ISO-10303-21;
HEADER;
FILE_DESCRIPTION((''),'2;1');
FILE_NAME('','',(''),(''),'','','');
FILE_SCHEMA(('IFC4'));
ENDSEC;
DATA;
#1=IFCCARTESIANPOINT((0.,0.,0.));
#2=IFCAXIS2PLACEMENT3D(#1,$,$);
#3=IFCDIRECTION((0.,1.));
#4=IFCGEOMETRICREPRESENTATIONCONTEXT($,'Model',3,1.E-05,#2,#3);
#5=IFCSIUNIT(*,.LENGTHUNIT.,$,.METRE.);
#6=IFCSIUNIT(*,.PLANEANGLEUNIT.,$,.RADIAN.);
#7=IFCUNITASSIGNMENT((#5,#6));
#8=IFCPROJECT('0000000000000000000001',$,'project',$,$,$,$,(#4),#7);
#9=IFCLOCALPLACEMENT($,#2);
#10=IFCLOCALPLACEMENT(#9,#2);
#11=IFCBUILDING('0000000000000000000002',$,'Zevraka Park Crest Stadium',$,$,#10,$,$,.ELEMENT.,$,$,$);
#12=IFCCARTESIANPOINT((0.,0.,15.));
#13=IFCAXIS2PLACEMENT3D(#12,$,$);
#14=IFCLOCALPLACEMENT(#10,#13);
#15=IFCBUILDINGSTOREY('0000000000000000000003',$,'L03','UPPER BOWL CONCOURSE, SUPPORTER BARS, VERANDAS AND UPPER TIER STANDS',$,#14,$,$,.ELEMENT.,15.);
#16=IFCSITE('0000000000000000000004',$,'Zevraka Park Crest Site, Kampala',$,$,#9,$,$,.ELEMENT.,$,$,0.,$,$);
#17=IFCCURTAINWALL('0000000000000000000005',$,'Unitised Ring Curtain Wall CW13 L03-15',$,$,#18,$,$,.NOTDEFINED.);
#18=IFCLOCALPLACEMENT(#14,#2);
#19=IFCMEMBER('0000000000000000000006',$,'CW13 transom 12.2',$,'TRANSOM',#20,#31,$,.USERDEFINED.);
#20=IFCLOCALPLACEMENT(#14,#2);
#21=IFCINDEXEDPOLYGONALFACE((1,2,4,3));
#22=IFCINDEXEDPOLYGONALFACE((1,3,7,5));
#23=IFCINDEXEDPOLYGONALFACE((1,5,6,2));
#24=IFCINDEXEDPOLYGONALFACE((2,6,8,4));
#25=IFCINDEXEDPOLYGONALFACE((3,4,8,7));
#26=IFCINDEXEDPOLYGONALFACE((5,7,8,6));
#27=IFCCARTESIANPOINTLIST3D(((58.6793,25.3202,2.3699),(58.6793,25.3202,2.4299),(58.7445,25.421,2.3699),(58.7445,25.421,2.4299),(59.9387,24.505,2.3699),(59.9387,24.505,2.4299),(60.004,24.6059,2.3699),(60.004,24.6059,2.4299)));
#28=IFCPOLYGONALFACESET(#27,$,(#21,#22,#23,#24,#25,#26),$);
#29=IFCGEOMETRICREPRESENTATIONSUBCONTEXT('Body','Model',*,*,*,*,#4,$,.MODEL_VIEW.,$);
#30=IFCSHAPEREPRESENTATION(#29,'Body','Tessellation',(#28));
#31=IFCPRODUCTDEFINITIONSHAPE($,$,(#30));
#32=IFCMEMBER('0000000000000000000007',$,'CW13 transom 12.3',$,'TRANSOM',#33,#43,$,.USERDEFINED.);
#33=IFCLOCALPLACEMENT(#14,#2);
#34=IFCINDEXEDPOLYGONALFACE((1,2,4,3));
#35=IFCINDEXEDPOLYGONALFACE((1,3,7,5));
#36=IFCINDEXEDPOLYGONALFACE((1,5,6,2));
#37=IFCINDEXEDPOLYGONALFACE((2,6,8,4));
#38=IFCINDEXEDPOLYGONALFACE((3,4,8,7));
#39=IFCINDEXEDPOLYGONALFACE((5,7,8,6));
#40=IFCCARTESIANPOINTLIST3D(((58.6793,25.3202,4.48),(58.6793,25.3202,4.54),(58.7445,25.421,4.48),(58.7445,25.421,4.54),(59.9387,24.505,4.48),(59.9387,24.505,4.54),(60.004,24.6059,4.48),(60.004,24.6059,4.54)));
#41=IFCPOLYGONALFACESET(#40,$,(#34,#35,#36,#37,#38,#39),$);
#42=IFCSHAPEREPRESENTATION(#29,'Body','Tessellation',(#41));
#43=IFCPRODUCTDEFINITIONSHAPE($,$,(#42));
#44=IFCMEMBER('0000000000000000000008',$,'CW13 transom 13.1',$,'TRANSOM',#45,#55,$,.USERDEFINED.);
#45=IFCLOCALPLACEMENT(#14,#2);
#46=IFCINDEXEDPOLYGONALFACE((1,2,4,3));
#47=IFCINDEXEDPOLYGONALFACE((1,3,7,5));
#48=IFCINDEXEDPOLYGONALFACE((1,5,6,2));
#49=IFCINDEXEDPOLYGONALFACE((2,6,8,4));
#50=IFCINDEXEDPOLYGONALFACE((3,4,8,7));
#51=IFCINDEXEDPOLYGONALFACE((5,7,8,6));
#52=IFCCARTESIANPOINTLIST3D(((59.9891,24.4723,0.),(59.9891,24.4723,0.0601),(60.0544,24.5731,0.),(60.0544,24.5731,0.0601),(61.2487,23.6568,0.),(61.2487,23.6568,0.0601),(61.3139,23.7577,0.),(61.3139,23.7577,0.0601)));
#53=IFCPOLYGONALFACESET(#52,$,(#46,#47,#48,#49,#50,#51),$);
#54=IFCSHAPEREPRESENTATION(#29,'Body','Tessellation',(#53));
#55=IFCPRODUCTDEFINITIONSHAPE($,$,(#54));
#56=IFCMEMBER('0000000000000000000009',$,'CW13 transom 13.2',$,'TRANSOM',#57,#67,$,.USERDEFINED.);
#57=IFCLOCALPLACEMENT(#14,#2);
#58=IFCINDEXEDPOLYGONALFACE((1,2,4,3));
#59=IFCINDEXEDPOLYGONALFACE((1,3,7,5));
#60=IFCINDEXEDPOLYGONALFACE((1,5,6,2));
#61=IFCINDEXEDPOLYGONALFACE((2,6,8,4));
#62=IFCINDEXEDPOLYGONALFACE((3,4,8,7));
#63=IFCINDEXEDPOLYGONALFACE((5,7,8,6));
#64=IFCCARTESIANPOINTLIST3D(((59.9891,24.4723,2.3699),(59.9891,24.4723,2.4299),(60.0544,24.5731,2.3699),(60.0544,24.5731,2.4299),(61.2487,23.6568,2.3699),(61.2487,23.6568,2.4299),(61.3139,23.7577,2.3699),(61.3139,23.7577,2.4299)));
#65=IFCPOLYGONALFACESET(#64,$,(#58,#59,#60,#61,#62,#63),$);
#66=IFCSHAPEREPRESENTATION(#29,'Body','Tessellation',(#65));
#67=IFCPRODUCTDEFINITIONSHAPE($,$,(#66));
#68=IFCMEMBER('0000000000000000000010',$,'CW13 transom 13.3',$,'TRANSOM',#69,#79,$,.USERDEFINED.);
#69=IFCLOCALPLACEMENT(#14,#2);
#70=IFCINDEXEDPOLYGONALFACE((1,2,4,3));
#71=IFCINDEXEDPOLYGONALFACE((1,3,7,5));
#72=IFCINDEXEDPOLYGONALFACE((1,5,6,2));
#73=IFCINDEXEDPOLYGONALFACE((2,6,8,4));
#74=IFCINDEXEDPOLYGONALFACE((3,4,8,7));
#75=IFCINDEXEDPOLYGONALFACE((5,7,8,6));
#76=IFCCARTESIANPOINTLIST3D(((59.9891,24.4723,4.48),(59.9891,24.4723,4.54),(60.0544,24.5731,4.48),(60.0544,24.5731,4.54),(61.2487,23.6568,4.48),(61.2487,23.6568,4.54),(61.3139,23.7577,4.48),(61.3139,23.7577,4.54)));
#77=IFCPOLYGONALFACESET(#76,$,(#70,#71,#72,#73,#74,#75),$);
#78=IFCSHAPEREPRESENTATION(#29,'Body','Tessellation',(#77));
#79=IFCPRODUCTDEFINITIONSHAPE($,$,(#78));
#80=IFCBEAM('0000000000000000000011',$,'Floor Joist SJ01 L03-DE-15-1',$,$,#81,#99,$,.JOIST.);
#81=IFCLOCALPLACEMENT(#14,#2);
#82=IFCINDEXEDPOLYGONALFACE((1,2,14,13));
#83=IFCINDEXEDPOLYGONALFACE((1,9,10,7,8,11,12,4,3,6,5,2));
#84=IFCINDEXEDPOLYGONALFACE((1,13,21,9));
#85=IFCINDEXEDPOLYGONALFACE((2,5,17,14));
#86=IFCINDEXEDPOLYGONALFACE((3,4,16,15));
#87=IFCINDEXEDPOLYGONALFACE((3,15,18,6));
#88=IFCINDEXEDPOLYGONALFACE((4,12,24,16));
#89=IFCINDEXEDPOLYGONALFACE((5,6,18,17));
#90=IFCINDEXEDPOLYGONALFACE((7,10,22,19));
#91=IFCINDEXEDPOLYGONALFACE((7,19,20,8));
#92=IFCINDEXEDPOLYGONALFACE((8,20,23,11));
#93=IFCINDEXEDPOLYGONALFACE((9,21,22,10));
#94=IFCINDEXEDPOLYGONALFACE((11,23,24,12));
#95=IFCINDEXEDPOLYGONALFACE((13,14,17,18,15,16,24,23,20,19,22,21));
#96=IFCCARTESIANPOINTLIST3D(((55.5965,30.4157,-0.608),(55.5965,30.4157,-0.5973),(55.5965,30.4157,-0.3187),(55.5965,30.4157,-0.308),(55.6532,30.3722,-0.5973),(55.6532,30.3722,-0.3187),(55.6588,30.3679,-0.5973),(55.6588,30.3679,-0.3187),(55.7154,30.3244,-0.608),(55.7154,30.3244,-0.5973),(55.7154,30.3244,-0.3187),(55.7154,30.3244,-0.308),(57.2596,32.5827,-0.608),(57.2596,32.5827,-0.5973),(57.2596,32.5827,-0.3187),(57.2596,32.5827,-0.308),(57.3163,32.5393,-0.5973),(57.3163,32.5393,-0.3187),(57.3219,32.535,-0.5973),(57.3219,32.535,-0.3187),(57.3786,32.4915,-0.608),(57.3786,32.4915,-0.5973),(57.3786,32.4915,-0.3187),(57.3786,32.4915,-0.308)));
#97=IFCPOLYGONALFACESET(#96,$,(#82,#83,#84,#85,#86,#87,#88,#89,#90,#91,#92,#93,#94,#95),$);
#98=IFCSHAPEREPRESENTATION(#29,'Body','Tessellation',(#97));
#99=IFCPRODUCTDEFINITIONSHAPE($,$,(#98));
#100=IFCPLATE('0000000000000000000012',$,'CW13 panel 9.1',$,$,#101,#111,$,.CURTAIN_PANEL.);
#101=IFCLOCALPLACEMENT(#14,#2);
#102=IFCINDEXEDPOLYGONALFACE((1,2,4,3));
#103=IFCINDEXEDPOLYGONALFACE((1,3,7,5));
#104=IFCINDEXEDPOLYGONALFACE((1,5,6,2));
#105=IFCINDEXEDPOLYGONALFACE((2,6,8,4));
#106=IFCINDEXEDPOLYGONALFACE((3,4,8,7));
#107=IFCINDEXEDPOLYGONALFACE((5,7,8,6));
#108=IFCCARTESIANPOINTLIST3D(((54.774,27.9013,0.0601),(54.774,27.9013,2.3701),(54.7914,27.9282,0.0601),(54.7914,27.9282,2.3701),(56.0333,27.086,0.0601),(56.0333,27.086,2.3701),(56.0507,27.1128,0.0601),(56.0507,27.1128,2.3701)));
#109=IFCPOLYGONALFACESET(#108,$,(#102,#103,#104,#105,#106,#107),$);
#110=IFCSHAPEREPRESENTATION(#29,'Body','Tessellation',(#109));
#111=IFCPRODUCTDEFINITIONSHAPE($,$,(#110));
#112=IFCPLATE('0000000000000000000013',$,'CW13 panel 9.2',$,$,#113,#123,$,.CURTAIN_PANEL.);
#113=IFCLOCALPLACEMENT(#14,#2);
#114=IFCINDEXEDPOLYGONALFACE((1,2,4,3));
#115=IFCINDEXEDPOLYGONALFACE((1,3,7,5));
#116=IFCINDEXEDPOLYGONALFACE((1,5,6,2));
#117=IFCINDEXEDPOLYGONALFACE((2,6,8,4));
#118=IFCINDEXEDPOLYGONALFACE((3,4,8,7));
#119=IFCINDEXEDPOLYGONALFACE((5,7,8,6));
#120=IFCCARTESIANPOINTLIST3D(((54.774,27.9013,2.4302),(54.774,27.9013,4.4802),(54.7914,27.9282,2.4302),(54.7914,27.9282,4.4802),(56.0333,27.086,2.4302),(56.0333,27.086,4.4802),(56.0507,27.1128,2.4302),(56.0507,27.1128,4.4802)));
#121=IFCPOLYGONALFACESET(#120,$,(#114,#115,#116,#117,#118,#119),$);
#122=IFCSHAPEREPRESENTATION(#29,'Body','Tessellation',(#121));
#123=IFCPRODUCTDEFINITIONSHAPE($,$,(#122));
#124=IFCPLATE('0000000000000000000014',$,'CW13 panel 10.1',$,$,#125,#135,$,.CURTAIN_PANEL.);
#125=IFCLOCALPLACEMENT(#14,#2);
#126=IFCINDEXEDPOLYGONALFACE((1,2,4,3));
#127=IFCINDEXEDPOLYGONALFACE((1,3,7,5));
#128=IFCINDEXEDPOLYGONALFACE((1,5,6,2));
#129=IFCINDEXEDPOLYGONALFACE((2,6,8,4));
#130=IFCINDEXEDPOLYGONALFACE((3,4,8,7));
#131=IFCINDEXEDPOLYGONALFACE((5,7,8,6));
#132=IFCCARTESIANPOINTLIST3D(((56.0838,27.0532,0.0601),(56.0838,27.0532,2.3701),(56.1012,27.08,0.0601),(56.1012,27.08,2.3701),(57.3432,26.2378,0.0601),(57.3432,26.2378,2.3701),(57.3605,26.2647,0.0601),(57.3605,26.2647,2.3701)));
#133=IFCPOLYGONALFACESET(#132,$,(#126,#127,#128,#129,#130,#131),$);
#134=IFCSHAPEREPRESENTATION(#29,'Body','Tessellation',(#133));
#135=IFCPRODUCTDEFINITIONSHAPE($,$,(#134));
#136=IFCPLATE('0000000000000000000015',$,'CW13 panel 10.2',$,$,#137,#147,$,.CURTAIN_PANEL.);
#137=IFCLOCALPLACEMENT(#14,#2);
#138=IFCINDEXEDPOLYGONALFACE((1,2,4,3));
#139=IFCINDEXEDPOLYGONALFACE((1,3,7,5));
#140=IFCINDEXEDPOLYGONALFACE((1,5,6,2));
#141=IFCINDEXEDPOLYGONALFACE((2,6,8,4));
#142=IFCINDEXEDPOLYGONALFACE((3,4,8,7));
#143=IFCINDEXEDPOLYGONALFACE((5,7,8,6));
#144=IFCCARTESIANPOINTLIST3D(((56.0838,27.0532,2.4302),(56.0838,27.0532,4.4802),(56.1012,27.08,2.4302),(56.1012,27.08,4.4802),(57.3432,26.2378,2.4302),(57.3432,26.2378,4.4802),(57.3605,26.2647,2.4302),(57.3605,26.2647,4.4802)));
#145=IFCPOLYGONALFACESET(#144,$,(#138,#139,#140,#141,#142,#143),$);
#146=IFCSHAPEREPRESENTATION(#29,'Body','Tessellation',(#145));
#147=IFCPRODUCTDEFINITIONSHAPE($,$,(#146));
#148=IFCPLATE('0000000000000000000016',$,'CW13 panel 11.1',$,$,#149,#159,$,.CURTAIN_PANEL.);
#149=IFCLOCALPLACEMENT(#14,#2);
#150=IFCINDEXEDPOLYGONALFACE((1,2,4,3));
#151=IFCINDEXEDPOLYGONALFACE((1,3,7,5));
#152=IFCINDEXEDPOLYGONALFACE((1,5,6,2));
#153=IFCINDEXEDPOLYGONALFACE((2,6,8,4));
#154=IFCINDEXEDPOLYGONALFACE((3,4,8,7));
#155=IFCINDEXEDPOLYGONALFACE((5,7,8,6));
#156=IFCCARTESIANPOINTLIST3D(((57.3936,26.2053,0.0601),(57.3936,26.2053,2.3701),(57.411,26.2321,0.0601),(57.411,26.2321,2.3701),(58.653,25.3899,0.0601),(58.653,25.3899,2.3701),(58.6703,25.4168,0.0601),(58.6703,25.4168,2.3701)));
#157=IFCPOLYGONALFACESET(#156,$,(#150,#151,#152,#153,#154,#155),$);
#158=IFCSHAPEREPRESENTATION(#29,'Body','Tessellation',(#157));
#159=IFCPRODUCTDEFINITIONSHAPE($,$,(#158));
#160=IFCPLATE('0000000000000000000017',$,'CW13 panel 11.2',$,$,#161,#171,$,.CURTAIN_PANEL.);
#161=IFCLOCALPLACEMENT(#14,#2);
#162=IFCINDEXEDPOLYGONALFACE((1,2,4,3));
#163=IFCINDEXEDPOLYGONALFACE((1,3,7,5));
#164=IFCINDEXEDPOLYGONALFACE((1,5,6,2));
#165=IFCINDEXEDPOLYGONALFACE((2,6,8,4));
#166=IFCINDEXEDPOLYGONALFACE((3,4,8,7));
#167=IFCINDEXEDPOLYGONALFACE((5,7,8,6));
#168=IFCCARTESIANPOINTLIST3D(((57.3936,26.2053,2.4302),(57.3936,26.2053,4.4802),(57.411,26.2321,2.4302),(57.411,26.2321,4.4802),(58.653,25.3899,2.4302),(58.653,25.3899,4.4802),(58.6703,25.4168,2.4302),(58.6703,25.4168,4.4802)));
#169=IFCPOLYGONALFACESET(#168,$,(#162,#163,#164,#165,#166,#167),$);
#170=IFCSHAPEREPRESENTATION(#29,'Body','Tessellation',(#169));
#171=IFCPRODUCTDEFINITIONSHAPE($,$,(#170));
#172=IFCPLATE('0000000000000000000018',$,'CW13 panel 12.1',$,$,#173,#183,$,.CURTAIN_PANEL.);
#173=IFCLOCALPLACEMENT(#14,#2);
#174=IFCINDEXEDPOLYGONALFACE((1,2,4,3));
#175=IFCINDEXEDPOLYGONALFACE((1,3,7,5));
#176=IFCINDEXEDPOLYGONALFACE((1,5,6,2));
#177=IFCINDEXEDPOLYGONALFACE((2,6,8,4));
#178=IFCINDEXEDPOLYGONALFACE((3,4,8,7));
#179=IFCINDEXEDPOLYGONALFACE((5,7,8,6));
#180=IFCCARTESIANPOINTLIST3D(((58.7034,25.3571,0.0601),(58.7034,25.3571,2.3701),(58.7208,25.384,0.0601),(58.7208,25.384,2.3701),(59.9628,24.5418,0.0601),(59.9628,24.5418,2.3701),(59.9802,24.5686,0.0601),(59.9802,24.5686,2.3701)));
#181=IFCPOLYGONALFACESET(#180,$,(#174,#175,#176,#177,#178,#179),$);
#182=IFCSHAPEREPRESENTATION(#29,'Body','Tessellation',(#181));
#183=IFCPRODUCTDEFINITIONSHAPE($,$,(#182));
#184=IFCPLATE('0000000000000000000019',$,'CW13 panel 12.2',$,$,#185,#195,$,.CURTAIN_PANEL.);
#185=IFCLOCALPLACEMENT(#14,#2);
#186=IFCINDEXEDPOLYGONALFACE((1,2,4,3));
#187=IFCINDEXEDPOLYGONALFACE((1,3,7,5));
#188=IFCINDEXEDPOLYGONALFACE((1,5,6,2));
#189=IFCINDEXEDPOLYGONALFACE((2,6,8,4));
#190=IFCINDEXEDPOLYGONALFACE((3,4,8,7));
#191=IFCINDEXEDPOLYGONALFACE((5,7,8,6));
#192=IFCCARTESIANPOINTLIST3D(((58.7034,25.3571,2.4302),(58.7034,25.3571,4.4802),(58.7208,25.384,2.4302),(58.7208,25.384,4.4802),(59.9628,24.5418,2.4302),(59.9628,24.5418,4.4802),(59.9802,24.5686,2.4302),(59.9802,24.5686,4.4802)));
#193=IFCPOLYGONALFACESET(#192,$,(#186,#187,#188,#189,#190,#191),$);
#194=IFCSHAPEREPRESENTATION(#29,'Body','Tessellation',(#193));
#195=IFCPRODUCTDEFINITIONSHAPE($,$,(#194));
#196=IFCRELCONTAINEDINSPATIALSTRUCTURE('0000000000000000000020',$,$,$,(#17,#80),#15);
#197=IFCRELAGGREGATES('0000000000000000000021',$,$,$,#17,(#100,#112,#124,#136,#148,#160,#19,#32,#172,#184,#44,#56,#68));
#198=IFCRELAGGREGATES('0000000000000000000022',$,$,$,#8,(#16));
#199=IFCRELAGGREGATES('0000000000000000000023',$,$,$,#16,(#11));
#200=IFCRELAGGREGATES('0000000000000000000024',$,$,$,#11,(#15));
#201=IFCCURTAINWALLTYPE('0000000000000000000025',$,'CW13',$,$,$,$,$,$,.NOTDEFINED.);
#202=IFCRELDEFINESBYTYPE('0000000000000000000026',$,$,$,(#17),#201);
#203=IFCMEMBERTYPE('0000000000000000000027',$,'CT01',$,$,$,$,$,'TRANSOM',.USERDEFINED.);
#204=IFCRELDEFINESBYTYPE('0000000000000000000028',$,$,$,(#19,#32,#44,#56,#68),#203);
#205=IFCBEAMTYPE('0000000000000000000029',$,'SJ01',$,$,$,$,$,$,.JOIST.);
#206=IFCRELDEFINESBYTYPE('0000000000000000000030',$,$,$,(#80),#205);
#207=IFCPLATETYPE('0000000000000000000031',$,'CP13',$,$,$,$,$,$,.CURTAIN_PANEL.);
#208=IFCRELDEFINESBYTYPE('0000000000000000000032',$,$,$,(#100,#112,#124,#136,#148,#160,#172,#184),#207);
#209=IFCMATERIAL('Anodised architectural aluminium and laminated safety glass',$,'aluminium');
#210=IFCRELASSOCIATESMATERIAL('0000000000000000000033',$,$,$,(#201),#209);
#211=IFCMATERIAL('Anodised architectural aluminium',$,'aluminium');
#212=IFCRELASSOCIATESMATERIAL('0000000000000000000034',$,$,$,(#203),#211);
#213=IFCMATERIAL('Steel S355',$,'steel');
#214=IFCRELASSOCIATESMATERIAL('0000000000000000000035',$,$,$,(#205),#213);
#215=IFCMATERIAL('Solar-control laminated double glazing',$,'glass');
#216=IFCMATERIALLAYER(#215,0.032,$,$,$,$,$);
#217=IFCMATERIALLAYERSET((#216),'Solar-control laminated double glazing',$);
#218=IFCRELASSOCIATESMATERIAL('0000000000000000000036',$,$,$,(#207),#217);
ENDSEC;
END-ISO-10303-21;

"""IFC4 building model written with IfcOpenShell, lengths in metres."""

from ifc_helpers import new_model, si_unit, direction, frame, origin, origin_2d, place, context, subcontext, project, spatial, rectangle, i_section, extrude, material, layer, layer_set, material_profile, profile_set, type_object, element, aggregate, save


model = new_model("IFC4")

# Units and contexts
model_context = context("Model", 3, precision=1e-05, world=origin(), true_north=direction((0.0, 1.0)))
body_context = subcontext(model_context, "Body", "Model", "MODEL_VIEW")
ifc_project = project(units=[si_unit("LENGTHUNIT", "METRE"), si_unit("PLANEANGLEUNIT", "RADIAN")], contexts=[model_context])

# Site, building, storey
site_placement = place(None, origin())
site = spatial("IfcSite", under=ifc_project, at=site_placement, Name="Zevraka Park Crest Site, Kampala", CompositionType="ELEMENT", RefElevation=0.0)
building_placement = place(site_placement, origin())
building = spatial("IfcBuilding", under=site, at=building_placement, Name="Zevraka Park Crest Stadium", CompositionType="ELEMENT")
storey_placement = place(building_placement, frame((0.0, 0.0, 15.0)))
storey = spatial("IfcBuildingStorey", under=building, at=storey_placement, Name="L03", Description="UPPER BOWL CONCOURSE, SUPPORTER BARS, VERANDAS AND UPPER TIER STANDS", CompositionType="ELEMENT", Elevation=15.0)

# Curtain wall, members
ifc_material_1 = material(Name="Anodised architectural aluminium and laminated safety glass", Category="aluminium")
curtain_wall_type = type_object("IfcCurtainWallType", Name="CW13", PredefinedType="NOTDEFINED", material=ifc_material_1)
curtain_wall_placement = place(storey_placement, origin())
curtain_wall = element("IfcCurtainWall", 1, at=curtain_wall_placement, inside=storey, type_object=curtain_wall_type, Name="Unitised Ring Curtain Wall CW13 L03-15", PredefinedType="NOTDEFINED")
ifc_material_2 = material(Name="Anodised architectural aluminium", Category="aluminium")
ifc_material_profile_1 = material_profile(ifc_material_2, rectangle(XDim=0.1201, YDim=0.0601, at=origin_2d()), Name="ALU TRANSOM 120x60")
ifc_profile_set_1 = profile_set([ifc_material_profile_1], Name="Anodised architectural aluminium")
member_type_1 = type_object("IfcMemberType", Name="CT01", ElementType="TRANSOM", PredefinedType="USERDEFINED", material=ifc_profile_set_1)
member_1_placement = place(storey_placement, frame((58.7119, 25.3706, 2.3999), z_axis=(0.839509, -0.543346, 0.0), x_axis=(0.543346, 0.839509, 0.0)))
member_1 = element("IfcMember", 2, at=member_1_placement, type_object=member_type_1, Name="CW13 transom 12.2", ObjectType="TRANSOM", PredefinedType="USERDEFINED", context=body_context, shape_type="SweptSolid", body=[
    extrude(rectangle(XDim=0.1201, YDim=0.0601, at=origin_2d()), origin(), (0.0, 0.0, 1.0), 1.5002),
])
member_2_placement = place(storey_placement, frame((58.7119, 25.3706, 4.51), z_axis=(0.839509, -0.543346, 0.0), x_axis=(0.543346, 0.839509, 0.0)))
member_2 = element("IfcMember", 3, at=member_2_placement, type_object=member_type_1, Name="CW13 transom 12.3", ObjectType="TRANSOM", PredefinedType="USERDEFINED", context=body_context, shape_type="SweptSolid", body=[
    extrude(rectangle(XDim=0.1201, YDim=0.0601, at=origin_2d()), origin(), (0.0, 0.0, 1.0), 1.5002),
])
member_3_placement = place(storey_placement, frame((60.0217, 24.5227, 0.03), z_axis=(0.839435, -0.54346, 0.0), x_axis=(0.54346, 0.839435, 0.0)))
member_3 = element("IfcMember", 4, at=member_3_placement, type_object=member_type_1, Name="CW13 transom 13.1", ObjectType="TRANSOM", PredefinedType="USERDEFINED", context=body_context, shape_type="SweptSolid", body=[
    extrude(rectangle(XDim=0.1201, YDim=0.0601, at=origin_2d()), origin(), (0.0, 0.0, 1.0), 1.5005),
])
member_4_placement = place(storey_placement, frame((60.0217, 24.5227, 2.3999), z_axis=(0.839435, -0.54346, 0.0), x_axis=(0.54346, 0.839435, 0.0)))
member_4 = element("IfcMember", 5, at=member_4_placement, type_object=member_type_1, Name="CW13 transom 13.2", ObjectType="TRANSOM", PredefinedType="USERDEFINED", context=body_context, shape_type="SweptSolid", body=[
    extrude(rectangle(XDim=0.1201, YDim=0.0601, at=origin_2d()), origin(), (0.0, 0.0, 1.0), 1.5005),
])
member_5_placement = place(storey_placement, frame((60.0217, 24.5227, 4.51), z_axis=(0.839435, -0.54346, 0.0), x_axis=(0.54346, 0.839435, 0.0)))
member_5 = element("IfcMember", 6, at=member_5_placement, type_object=member_type_1, Name="CW13 transom 13.3", ObjectType="TRANSOM", PredefinedType="USERDEFINED", context=body_context, shape_type="SweptSolid", body=[
    extrude(rectangle(XDim=0.1201, YDim=0.0601, at=origin_2d()), origin(), (0.0, 0.0, 1.0), 1.5005),
])

# Beam
ifc_material_3 = material(Name="Steel S355", Category="steel")
ifc_material_profile_2 = material_profile(ifc_material_3, i_section(OverallWidth=0.1499, OverallDepth=0.3, WebThickness=0.0071, FlangeThickness=0.0107, at=origin_2d()), Name="IPE 300")
ifc_profile_set_2 = profile_set([ifc_material_profile_2], Name="Steel S355")
beam_type = type_object("IfcBeamType", Name="SJ01", PredefinedType="JOIST", material=ifc_profile_set_2)
beam_placement = place(storey_placement, frame((57.3191, 32.5371, -0.458), z_axis=(-0.608829, -0.793301, 0.0), x_axis=(0.793301, -0.608829, 0.0)))
element("IfcBeam", 7, at=beam_placement, inside=storey, type_object=beam_type, Name="Floor Joist SJ01 L03-DE-15-1", PredefinedType="JOIST", context=body_context, shape_type="SweptSolid", body=[
    extrude(i_section(OverallWidth=0.1499, OverallDepth=0.3, WebThickness=0.0071, FlangeThickness=0.0107, at=origin_2d()), origin(), (0.0, 0.0, 1.0), 2.7317),
])

# Plates
ifc_material_4 = material(Name="Solar-control laminated double glazing", Category="glass")
ifc_layer_1 = layer(ifc_material_4, 0.032)
ifc_layer_set_1 = layer_set([ifc_layer_1], Name="Solar-control laminated double glazing")
plate_type = type_object("IfcPlateType", Name="CP13", PredefinedType="CURTAIN_PANEL", material=ifc_layer_set_1)
plate_1_placement = place(storey_placement, frame((55.4124, 27.5071, 0.0601), z_axis=(0.0, 0.0, 1.0), x_axis=(0.839429, -0.543469, 0.0)))
plate_1 = element("IfcPlate", 8, at=plate_1_placement, type_object=plate_type, Name="CW13 panel 9.1", PredefinedType="CURTAIN_PANEL", context=body_context, shape_type="SweptSolid", body=[
    extrude(rectangle(XDim=1.5002, YDim=0.032, at=origin_2d()), origin(), (0.0, 0.0, 1.0), 2.3101),
])
plate_2_placement = place(storey_placement, frame((55.4124, 27.5071, 2.4302), z_axis=(0.0, 0.0, 1.0), x_axis=(0.839429, -0.543469, 0.0)))
plate_2 = element("IfcPlate", 9, at=plate_2_placement, type_object=plate_type, Name="CW13 panel 9.2", PredefinedType="CURTAIN_PANEL", context=body_context, shape_type="SweptSolid", body=[
    extrude(rectangle(XDim=1.5002, YDim=0.032, at=origin_2d()), origin(), (0.0, 0.0, 1.0), 2.05),
])
plate_3_placement = place(storey_placement, frame((56.7222, 26.6589, 0.0601), z_axis=(0.0, 0.0, 1.0), x_axis=(0.839429, -0.543469, 0.0)))
plate_3 = element("IfcPlate", 10, at=plate_3_placement, type_object=plate_type, Name="CW13 panel 10.1", PredefinedType="CURTAIN_PANEL", context=body_context, shape_type="SweptSolid", body=[
    extrude(rectangle(XDim=1.5002, YDim=0.032, at=origin_2d()), origin(), (0.0, 0.0, 1.0), 2.3101),
])
plate_4_placement = place(storey_placement, frame((56.7222, 26.6589, 2.4302), z_axis=(0.0, 0.0, 1.0), x_axis=(0.839429, -0.543469, 0.0)))
plate_4 = element("IfcPlate", 11, at=plate_4_placement, type_object=plate_type, Name="CW13 panel 10.2", PredefinedType="CURTAIN_PANEL", context=body_context, shape_type="SweptSolid", body=[
    extrude(rectangle(XDim=1.5002, YDim=0.032, at=origin_2d()), origin(), (0.0, 0.0, 1.0), 2.05),
])
plate_5_placement = place(storey_placement, frame((58.032, 25.811, 0.0601), z_axis=(0.0, 0.0, 1.0), x_axis=(0.839429, -0.543469, 0.0)))
plate_5 = element("IfcPlate", 12, at=plate_5_placement, type_object=plate_type, Name="CW13 panel 11.1", PredefinedType="CURTAIN_PANEL", context=body_context, shape_type="SweptSolid", body=[
    extrude(rectangle(XDim=1.5002, YDim=0.032, at=origin_2d()), origin(), (0.0, 0.0, 1.0), 2.3101),
])
plate_6_placement = place(storey_placement, frame((58.032, 25.811, 2.4302), z_axis=(0.0, 0.0, 1.0), x_axis=(0.839429, -0.543469, 0.0)))
plate_6 = element("IfcPlate", 13, at=plate_6_placement, type_object=plate_type, Name="CW13 panel 11.2", PredefinedType="CURTAIN_PANEL", context=body_context, shape_type="SweptSolid", body=[
    extrude(rectangle(XDim=1.5002, YDim=0.032, at=origin_2d()), origin(), (0.0, 0.0, 1.0), 2.05),
])
plate_7_placement = place(storey_placement, frame((59.3418, 24.9629, 0.0601), z_axis=(0.0, 0.0, 1.0), x_axis=(0.839429, -0.543469, 0.0)))
plate_7 = element("IfcPlate", 14, at=plate_7_placement, type_object=plate_type, Name="CW13 panel 12.1", PredefinedType="CURTAIN_PANEL", context=body_context, shape_type="SweptSolid", body=[
    extrude(rectangle(XDim=1.5002, YDim=0.032, at=origin_2d()), origin(), (0.0, 0.0, 1.0), 2.3101),
])
plate_8_placement = place(storey_placement, frame((59.3418, 24.9629, 2.4302), z_axis=(0.0, 0.0, 1.0), x_axis=(0.839429, -0.543469, 0.0)))
plate_8 = element("IfcPlate", 15, at=plate_8_placement, type_object=plate_type, Name="CW13 panel 12.2", PredefinedType="CURTAIN_PANEL", context=body_context, shape_type="SweptSolid", body=[
    extrude(rectangle(XDim=1.5002, YDim=0.032, at=origin_2d()), origin(), (0.0, 0.0, 1.0), 2.05),
])
aggregate(curtain_wall, [plate_1, plate_2, plate_3, plate_4, plate_5, plate_6, member_1, member_2, plate_7, plate_8, member_3, member_4, member_5])

save(model, "model.ifc")
